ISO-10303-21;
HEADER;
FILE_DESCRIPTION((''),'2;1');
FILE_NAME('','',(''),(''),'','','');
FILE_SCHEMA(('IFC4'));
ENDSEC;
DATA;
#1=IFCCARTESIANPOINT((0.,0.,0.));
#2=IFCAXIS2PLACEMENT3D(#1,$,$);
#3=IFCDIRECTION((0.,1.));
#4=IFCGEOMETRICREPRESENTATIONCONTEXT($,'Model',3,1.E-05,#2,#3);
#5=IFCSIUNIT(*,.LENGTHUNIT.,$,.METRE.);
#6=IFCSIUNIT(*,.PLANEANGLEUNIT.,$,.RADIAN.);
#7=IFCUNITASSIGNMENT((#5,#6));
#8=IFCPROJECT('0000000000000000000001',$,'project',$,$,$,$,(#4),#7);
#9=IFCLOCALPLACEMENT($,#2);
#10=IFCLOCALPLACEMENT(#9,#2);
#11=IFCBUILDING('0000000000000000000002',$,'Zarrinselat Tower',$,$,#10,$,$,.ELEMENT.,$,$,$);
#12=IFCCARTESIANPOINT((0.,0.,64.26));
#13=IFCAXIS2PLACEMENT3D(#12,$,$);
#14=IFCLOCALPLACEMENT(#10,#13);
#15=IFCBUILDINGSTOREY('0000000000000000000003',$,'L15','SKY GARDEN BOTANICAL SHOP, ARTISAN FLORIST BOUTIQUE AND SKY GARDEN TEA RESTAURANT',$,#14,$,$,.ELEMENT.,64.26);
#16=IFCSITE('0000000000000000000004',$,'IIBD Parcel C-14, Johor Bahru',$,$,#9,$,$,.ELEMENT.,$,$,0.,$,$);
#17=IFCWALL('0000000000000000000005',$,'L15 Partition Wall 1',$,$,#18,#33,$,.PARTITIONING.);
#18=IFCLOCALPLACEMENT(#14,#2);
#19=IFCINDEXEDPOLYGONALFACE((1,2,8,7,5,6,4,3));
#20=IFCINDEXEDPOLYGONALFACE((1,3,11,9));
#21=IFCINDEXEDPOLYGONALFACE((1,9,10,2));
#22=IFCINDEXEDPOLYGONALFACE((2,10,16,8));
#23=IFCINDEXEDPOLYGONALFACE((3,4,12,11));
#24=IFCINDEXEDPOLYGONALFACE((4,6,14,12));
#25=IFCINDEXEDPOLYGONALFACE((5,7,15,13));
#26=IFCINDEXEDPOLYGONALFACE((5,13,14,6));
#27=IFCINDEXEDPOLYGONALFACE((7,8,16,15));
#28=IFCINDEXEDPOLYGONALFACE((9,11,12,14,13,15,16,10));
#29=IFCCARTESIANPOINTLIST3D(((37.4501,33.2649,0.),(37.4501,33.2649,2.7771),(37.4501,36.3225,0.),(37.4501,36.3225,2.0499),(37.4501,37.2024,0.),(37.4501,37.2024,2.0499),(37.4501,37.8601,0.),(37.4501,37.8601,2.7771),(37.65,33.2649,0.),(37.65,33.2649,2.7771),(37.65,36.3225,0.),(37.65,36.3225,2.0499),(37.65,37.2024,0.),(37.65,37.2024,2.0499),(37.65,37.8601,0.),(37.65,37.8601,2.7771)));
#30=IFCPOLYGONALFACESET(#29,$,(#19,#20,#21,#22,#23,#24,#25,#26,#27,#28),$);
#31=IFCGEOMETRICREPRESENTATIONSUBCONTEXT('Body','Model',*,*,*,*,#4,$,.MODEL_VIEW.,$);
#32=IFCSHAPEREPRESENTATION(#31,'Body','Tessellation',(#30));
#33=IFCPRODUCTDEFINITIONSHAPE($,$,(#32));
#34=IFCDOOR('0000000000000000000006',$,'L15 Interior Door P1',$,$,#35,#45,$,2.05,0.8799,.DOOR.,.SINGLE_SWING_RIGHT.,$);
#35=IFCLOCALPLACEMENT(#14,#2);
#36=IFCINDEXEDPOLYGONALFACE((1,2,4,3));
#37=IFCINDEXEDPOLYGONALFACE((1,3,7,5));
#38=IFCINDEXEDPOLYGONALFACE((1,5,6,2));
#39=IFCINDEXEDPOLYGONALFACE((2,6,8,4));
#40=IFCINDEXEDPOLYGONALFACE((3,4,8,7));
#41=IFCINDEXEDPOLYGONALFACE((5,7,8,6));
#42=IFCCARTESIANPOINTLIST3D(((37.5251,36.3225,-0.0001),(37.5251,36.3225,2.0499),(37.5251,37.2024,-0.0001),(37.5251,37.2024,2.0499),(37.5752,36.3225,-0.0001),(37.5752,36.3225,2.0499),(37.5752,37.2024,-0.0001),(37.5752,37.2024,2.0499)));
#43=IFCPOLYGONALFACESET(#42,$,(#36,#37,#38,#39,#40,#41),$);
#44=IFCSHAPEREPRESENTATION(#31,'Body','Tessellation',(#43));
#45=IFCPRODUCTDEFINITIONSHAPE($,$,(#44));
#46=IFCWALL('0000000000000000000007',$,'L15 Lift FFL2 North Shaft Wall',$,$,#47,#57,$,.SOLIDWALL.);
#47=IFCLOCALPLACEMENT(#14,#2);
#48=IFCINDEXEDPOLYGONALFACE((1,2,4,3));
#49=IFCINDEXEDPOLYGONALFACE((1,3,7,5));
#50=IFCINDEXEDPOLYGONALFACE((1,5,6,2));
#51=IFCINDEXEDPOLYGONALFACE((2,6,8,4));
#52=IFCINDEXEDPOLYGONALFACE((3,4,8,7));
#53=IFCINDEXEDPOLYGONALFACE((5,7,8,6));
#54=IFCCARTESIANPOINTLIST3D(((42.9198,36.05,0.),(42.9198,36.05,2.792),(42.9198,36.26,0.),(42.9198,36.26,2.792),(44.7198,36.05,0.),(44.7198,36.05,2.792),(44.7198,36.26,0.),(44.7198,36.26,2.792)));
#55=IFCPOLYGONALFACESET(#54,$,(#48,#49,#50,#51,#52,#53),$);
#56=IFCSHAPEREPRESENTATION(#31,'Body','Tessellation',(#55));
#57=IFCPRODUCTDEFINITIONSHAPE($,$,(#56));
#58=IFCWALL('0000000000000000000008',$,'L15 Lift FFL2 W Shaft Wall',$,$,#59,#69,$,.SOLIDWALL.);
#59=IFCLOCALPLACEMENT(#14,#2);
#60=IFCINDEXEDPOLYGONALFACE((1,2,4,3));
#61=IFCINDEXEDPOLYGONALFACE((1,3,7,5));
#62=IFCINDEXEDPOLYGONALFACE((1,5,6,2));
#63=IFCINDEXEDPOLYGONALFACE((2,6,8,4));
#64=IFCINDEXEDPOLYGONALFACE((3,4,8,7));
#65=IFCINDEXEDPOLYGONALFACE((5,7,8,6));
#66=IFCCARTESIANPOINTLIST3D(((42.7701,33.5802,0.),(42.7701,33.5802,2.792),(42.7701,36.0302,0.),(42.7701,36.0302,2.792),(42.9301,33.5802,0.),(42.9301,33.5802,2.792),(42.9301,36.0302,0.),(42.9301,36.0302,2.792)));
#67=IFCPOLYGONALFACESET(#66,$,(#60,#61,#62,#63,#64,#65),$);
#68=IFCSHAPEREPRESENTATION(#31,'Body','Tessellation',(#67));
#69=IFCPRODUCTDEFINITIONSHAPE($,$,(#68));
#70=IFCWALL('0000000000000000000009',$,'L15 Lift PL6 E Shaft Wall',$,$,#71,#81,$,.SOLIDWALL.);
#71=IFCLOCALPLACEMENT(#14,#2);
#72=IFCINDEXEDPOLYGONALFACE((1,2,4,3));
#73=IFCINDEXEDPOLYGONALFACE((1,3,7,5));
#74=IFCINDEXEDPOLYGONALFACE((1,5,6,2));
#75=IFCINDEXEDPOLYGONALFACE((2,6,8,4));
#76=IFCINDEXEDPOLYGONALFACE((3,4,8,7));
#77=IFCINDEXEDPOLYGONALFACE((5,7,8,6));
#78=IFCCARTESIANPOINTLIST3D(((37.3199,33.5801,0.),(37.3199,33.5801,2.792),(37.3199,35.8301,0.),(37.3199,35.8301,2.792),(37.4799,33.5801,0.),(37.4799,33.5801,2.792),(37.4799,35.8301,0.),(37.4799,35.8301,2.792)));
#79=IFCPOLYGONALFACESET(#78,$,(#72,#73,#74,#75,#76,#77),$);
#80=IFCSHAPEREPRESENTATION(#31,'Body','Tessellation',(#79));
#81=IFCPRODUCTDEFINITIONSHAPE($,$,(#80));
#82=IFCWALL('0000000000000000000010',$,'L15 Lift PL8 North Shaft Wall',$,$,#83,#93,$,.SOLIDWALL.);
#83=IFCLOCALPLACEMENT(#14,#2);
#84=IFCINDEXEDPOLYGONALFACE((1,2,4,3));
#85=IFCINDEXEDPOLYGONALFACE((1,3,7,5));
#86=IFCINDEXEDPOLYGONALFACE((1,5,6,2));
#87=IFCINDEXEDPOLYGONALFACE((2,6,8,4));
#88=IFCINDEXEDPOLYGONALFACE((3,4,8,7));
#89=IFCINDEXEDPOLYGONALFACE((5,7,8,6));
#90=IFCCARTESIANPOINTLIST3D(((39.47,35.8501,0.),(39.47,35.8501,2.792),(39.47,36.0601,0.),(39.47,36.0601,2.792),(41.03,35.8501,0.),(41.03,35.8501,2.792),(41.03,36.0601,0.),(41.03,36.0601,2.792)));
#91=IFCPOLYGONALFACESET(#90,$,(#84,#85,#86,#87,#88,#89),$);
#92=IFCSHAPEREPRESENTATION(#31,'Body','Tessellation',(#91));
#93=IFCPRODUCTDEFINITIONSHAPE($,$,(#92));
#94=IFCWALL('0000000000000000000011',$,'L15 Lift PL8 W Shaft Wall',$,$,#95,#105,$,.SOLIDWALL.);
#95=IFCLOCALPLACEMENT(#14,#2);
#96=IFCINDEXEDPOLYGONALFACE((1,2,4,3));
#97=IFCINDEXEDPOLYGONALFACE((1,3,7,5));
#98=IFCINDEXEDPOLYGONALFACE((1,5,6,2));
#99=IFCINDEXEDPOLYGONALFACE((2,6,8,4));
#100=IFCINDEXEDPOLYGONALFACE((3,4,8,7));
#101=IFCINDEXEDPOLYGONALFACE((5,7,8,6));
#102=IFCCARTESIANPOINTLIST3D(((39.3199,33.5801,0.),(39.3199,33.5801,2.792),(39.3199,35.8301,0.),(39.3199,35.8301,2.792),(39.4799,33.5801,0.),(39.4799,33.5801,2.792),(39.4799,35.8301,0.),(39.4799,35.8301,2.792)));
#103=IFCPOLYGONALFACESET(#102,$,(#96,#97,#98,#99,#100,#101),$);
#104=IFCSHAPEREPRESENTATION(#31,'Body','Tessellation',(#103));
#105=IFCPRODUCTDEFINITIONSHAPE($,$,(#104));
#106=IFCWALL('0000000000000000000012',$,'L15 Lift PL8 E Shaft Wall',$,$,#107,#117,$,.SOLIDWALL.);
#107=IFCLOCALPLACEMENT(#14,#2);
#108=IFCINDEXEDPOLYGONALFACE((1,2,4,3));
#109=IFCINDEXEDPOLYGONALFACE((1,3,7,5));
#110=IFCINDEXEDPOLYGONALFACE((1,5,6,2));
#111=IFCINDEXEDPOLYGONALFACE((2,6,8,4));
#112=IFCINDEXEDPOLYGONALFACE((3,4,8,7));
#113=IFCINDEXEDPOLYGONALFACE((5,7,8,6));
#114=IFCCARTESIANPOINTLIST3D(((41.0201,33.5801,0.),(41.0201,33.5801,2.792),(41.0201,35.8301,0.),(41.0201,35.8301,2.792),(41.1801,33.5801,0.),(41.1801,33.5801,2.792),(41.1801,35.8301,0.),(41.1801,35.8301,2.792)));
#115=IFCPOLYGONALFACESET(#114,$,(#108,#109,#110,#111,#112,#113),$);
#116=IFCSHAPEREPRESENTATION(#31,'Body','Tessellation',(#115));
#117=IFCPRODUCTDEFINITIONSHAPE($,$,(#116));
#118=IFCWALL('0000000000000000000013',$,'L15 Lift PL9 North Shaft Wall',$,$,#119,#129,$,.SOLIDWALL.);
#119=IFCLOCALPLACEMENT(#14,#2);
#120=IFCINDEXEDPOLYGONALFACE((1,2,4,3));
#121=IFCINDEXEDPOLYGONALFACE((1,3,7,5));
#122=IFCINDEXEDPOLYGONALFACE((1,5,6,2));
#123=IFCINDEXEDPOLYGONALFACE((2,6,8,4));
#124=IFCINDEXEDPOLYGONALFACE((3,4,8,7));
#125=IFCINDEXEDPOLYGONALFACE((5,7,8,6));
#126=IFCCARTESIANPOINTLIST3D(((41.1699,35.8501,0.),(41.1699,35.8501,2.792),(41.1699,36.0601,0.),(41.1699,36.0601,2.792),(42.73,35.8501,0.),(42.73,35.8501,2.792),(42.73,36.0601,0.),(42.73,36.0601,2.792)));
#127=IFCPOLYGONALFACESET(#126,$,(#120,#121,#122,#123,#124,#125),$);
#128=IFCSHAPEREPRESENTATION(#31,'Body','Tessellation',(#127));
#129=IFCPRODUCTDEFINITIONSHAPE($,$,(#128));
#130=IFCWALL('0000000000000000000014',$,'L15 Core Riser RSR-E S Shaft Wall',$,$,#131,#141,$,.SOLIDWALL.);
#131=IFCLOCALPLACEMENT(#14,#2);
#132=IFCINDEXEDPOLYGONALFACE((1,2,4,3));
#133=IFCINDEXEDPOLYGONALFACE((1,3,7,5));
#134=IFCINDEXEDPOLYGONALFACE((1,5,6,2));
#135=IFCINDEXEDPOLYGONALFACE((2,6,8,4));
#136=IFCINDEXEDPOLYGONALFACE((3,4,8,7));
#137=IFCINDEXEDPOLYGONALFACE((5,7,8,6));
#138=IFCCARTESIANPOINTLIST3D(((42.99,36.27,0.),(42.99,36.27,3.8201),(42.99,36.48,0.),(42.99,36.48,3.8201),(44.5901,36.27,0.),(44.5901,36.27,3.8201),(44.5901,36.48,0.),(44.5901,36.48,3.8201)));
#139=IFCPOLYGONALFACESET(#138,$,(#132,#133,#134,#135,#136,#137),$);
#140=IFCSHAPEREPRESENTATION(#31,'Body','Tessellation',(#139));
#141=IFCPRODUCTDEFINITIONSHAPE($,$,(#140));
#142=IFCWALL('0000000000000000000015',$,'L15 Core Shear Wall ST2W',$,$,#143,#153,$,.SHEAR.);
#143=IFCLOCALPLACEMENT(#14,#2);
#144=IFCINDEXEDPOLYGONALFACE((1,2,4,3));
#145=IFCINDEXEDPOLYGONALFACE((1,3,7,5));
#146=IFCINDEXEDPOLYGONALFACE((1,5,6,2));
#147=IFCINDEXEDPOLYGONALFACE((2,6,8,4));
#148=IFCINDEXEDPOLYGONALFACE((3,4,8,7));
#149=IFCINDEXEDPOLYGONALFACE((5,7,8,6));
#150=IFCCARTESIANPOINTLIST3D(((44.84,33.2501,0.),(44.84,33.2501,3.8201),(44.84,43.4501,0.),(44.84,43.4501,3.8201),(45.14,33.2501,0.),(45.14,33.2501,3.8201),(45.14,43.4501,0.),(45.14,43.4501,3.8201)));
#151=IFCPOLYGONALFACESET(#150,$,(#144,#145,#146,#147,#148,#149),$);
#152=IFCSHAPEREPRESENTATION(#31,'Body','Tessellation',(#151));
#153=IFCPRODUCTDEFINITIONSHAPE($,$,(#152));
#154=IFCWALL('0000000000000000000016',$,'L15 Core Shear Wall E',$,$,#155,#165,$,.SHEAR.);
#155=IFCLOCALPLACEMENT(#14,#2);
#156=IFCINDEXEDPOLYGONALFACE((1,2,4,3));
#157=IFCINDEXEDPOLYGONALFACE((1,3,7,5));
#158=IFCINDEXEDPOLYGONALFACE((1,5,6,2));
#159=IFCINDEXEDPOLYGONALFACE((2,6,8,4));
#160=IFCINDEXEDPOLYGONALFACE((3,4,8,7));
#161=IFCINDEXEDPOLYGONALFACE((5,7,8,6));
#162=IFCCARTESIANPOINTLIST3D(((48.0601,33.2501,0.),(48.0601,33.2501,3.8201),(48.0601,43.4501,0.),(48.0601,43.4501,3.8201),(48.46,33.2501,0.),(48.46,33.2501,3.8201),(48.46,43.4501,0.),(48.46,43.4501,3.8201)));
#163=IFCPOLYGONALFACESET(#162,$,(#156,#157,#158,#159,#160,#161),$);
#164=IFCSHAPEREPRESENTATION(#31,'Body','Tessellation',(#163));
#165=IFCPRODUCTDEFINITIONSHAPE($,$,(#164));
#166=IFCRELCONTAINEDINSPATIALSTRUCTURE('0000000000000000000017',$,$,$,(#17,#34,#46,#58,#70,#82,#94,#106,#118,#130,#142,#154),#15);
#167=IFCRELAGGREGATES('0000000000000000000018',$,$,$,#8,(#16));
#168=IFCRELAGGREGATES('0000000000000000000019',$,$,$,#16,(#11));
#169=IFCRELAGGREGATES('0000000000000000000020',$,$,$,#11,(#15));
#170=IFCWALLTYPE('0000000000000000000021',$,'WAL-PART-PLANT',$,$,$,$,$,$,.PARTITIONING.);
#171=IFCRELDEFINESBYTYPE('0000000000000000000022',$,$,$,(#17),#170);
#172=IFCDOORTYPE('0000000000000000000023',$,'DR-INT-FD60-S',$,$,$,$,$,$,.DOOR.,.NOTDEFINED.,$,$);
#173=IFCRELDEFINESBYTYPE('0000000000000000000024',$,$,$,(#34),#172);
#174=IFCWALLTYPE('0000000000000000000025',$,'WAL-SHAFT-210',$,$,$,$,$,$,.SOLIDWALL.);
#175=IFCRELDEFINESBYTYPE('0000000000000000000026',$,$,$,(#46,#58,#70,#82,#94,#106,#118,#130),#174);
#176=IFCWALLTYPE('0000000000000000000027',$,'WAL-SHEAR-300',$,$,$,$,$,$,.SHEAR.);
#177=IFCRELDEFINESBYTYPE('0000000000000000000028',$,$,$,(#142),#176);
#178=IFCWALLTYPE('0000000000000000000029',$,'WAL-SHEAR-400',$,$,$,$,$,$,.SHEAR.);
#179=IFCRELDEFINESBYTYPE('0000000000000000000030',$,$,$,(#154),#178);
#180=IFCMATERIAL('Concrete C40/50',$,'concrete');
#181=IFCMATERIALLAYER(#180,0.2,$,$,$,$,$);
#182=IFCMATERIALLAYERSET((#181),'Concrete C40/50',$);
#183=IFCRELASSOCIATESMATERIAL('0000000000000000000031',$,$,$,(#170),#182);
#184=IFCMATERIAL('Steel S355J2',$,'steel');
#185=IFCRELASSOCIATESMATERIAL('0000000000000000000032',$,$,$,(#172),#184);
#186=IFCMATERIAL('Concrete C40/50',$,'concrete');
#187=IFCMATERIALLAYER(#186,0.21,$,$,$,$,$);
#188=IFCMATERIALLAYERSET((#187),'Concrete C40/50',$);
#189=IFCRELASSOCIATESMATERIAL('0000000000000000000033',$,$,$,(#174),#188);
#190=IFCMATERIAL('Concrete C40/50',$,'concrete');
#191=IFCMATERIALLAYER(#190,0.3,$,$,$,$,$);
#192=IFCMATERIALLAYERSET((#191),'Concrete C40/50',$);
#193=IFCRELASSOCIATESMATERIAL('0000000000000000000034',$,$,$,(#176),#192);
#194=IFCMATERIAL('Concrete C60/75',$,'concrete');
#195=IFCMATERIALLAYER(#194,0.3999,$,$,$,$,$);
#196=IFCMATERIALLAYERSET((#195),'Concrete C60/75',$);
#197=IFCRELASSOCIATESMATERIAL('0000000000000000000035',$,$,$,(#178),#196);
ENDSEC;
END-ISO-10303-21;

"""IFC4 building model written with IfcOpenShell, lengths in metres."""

from ifc_helpers import new_model, si_unit, direction, frame, frame_2d, origin, place, context, subcontext, project, spatial, rectangle, extrude, material, layer, layer_set, type_object, element, fill, save


model = new_model("IFC4")

# Units and contexts
model_context = context("Model", 3, precision=1e-05, world=origin(), true_north=direction((0.0, 1.0)))
body_context = subcontext(model_context, "Body", "Model", "MODEL_VIEW")
ifc_project = project(units=[si_unit("LENGTHUNIT", "METRE"), si_unit("PLANEANGLEUNIT", "RADIAN")], contexts=[model_context])

# Site, building, storey
site_placement = place(None, origin())
site = spatial("IfcSite", under=ifc_project, at=site_placement, Name="IIBD Parcel C-14, Johor Bahru", CompositionType="ELEMENT", RefElevation=0.0)
building_placement = place(site_placement, origin())
building = spatial("IfcBuilding", under=site, at=building_placement, Name="Zarrinselat Tower", CompositionType="ELEMENT")
storey_placement = place(building_placement, frame((0.0, 0.0, 64.26)))
storey = spatial("IfcBuildingStorey", under=building, at=storey_placement, Name="L15", Description="SKY GARDEN BOTANICAL SHOP, ARTISAN FLORIST BOUTIQUE AND SKY GARDEN TEA RESTAURANT", CompositionType="ELEMENT", Elevation=64.26)

# Wall, opening, door
ifc_material_1 = material(Name="Concrete C40/50", Category="concrete")
ifc_layer_1 = layer(ifc_material_1, 0.2)
ifc_layer_set_1 = layer_set([ifc_layer_1], Name="Concrete C40/50")
wall_type_1 = type_object("IfcWallType", Name="WAL-PART-PLANT", PredefinedType="PARTITIONING", material=ifc_layer_set_1)
wall_1_placement = place(storey_placement, frame((37.55, 33.2649, 0.0), z_axis=(0.0, 0.0, 1.0), x_axis=(0.0, 1.0, 0.0)))
wall_1 = element("IfcWall", 1, at=wall_1_placement, inside=storey, type_object=wall_type_1, Name="L15 Partition Wall 1", PredefinedType="PARTITIONING", context=body_context, shape_type="SweptSolid", body=[
    extrude(rectangle(XDim=4.5952, YDim=0.2, at=frame_2d((2.2976, 0.0))), origin(), (0.0, 0.0, 1.0), 2.7771),
])
opening_1_placement = place(wall_1_placement, frame((3.0576, 0.0, 0.0)))
opening_1 = element("IfcOpeningElement", 2, at=opening_1_placement, cuts=wall_1, PredefinedType="OPENING", context=body_context, shape_type="SweptSolid", body=[
    extrude(rectangle(XDim=0.8799, YDim=2.05, at=frame_2d((0.4399, 1.0249))), frame((0.0, 0.1099, 0.0), z_axis=(0.0, -1.0, 0.0), x_axis=(1.0, 0.0, 0.0)), (0.0, 0.0, 1.0), 0.22),
])
ifc_material_2 = material(Name="Steel S355J2", Category="steel")
door_type_1 = type_object("IfcDoorType", Name="DR-INT-FD60-S", OperationType="NOTDEFINED", PredefinedType="DOOR", material=ifc_material_2)
door_1_placement = place(opening_1_placement, origin())
door_1 = element("IfcDoor", 3, at=door_1_placement, inside=storey, type_object=door_type_1, Name="L15 Interior Door P1", OperationType="SINGLE_SWING_RIGHT", OverallHeight=2.05, OverallWidth=0.8799, PredefinedType="DOOR", context=body_context, shape_type="SweptSolid", body=[
    extrude(rectangle(XDim=0.8799, YDim=2.05, at=frame_2d((0.4399, 1.0249))), frame((0.0, 0.0249, 0.0), z_axis=(0.0, -1.0, 0.0), x_axis=(1.0, 0.0, 0.0)), (0.0, 0.0, 1.0), 0.05),
])
fill(opening_1, door_1)

# Walls
ifc_material_3 = material(Name="Concrete C40/50", Category="concrete")
ifc_layer_2 = layer(ifc_material_3, 0.21)
ifc_layer_set_2 = layer_set([ifc_layer_2], Name="Concrete C40/50")
wall_type_2 = type_object("IfcWallType", Name="WAL-SHAFT-210", PredefinedType="SOLIDWALL", material=ifc_layer_set_2)
wall_2_placement = place(storey_placement, frame((42.9199, 36.155, 0.0), z_axis=(0.0, 0.0, 1.0), x_axis=(1.0, 0.0, 0.0)))
element("IfcWall", 4, at=wall_2_placement, inside=storey, type_object=wall_type_2, Name="L15 Lift FFL2 North Shaft Wall", PredefinedType="SOLIDWALL", context=body_context, shape_type="SweptSolid", body=[
    extrude(rectangle(XDim=1.8, YDim=0.21, at=frame_2d((0.8999, 0.0))), origin(), (0.0, 0.0, 1.0), 2.792),
])
wall_3_placement = place(storey_placement, frame((42.8501, 33.5801, 0.0), z_axis=(0.0, 0.0, 1.0), x_axis=(0.0, 1.0, 0.0)))
element("IfcWall", 5, at=wall_3_placement, inside=storey, type_object=wall_type_2, Name="L15 Lift FFL2 W Shaft Wall", PredefinedType="SOLIDWALL", context=body_context, shape_type="SweptSolid", body=[
    extrude(rectangle(XDim=2.45, YDim=0.1599, at=frame_2d((1.2251, 0.0))), origin(), (0.0, 0.0, 1.0), 2.792),
])
wall_4_placement = place(storey_placement, frame((37.3999, 33.5801, 0.0), z_axis=(0.0, 0.0, 1.0), x_axis=(0.0, 1.0, 0.0)))
element("IfcWall", 6, at=wall_4_placement, inside=storey, type_object=wall_type_2, Name="L15 Lift PL6 E Shaft Wall", PredefinedType="SOLIDWALL", context=body_context, shape_type="SweptSolid", body=[
    extrude(rectangle(XDim=2.25, YDim=0.1599, at=frame_2d((1.125, 0.0))), origin(), (0.0, 0.0, 1.0), 2.792),
])
wall_5_placement = place(storey_placement, frame((39.47, 35.9551, 0.0), z_axis=(0.0, 0.0, 1.0), x_axis=(1.0, 0.0, 0.0)))
element("IfcWall", 7, at=wall_5_placement, inside=storey, type_object=wall_type_2, Name="L15 Lift PL8 North Shaft Wall", PredefinedType="SOLIDWALL", context=body_context, shape_type="SweptSolid", body=[
    extrude(rectangle(XDim=1.5601, YDim=0.21, at=frame_2d((0.78, 0.0))), origin(), (0.0, 0.0, 1.0), 2.792),
])
for number, where, z_axis, x_axis, name in (
    (8, (39.3999, 33.5801, 0.0), (0.0, 0.0, 1.0), (0.0, 1.0, 0.0), "L15 Lift PL8 W Shaft Wall"),
    (9, (41.1001, 33.5801, 0.0), (0.0, 0.0, 1.0), (0.0, 1.0, 0.0), "L15 Lift PL8 E Shaft Wall"),
):
    element("IfcWall", number, at=place(storey_placement, frame(where, z_axis=z_axis, x_axis=x_axis)), inside=storey, type_object=wall_type_2, Name=name, PredefinedType="SOLIDWALL", context=body_context, shape_type="SweptSolid", body=[
        extrude(rectangle(XDim=2.25, YDim=0.1599, at=frame_2d((1.125, 0.0))), origin(), (0.0, 0.0, 1.0), 2.792),
    ])
wall_6_placement = place(storey_placement, frame((41.1699, 35.9551, 0.0), z_axis=(0.0, 0.0, 1.0), x_axis=(1.0, 0.0, 0.0)))
element("IfcWall", 10, at=wall_6_placement, inside=storey, type_object=wall_type_2, Name="L15 Lift PL9 North Shaft Wall", PredefinedType="SOLIDWALL", context=body_context, shape_type="SweptSolid", body=[
    extrude(rectangle(XDim=1.5601, YDim=0.21, at=frame_2d((0.78, 0.0))), origin(), (0.0, 0.0, 1.0), 2.792),
])
wall_7_placement = place(storey_placement, frame((42.99, 36.375, 0.0), z_axis=(0.0, 0.0, 1.0), x_axis=(1.0, 0.0, 0.0)))
element("IfcWall", 11, at=wall_7_placement, inside=storey, type_object=wall_type_2, Name="L15 Core Riser RSR-E S Shaft Wall", PredefinedType="SOLIDWALL", context=body_context, shape_type="SweptSolid", body=[
    extrude(rectangle(XDim=1.6001, YDim=0.21, at=frame_2d((0.8, 0.0))), origin(), (0.0, 0.0, 1.0), 3.8201),
])
ifc_material_4 = material(Name="Concrete C40/50", Category="concrete")
ifc_layer_3 = layer(ifc_material_4, 0.3)
ifc_layer_set_3 = layer_set([ifc_layer_3], Name="Concrete C40/50")
wall_type_3 = type_object("IfcWallType", Name="WAL-SHEAR-300", PredefinedType="SHEAR", material=ifc_layer_set_3)
wall_8_placement = place(storey_placement, frame((44.99, 33.25, 0.0), z_axis=(0.0, 0.0, 1.0), x_axis=(0.0, 1.0, 0.0)))
element("IfcWall", 12, at=wall_8_placement, inside=storey, type_object=wall_type_3, Name="L15 Core Shear Wall ST2W", PredefinedType="SHEAR", context=body_context, shape_type="SweptSolid", body=[
    extrude(rectangle(XDim=10.2, YDim=0.3, at=frame_2d((5.1001, 0.0))), origin(), (0.0, 0.0, 1.0), 3.8201),
])
ifc_material_5 = material(Name="Concrete C60/75", Category="concrete")
ifc_layer_4 = layer(ifc_material_5, 0.3999)
ifc_layer_set_4 = layer_set([ifc_layer_4], Name="Concrete C60/75")
wall_type_4 = type_object("IfcWallType", Name="WAL-SHEAR-400", PredefinedType="SHEAR", material=ifc_layer_set_4)
wall_9_placement = place(storey_placement, frame((48.26, 33.25, 0.0), z_axis=(0.0, 0.0, 1.0), x_axis=(0.0, 1.0, 0.0)))
element("IfcWall", 13, at=wall_9_placement, inside=storey, type_object=wall_type_4, Name="L15 Core Shear Wall E", PredefinedType="SHEAR", context=body_context, shape_type="SweptSolid", body=[
    extrude(rectangle(XDim=10.2, YDim=0.3999, at=frame_2d((5.1001, 0.0))), origin(), (0.0, 0.0, 1.0), 3.8201),
])

save(model, "model.ifc")
